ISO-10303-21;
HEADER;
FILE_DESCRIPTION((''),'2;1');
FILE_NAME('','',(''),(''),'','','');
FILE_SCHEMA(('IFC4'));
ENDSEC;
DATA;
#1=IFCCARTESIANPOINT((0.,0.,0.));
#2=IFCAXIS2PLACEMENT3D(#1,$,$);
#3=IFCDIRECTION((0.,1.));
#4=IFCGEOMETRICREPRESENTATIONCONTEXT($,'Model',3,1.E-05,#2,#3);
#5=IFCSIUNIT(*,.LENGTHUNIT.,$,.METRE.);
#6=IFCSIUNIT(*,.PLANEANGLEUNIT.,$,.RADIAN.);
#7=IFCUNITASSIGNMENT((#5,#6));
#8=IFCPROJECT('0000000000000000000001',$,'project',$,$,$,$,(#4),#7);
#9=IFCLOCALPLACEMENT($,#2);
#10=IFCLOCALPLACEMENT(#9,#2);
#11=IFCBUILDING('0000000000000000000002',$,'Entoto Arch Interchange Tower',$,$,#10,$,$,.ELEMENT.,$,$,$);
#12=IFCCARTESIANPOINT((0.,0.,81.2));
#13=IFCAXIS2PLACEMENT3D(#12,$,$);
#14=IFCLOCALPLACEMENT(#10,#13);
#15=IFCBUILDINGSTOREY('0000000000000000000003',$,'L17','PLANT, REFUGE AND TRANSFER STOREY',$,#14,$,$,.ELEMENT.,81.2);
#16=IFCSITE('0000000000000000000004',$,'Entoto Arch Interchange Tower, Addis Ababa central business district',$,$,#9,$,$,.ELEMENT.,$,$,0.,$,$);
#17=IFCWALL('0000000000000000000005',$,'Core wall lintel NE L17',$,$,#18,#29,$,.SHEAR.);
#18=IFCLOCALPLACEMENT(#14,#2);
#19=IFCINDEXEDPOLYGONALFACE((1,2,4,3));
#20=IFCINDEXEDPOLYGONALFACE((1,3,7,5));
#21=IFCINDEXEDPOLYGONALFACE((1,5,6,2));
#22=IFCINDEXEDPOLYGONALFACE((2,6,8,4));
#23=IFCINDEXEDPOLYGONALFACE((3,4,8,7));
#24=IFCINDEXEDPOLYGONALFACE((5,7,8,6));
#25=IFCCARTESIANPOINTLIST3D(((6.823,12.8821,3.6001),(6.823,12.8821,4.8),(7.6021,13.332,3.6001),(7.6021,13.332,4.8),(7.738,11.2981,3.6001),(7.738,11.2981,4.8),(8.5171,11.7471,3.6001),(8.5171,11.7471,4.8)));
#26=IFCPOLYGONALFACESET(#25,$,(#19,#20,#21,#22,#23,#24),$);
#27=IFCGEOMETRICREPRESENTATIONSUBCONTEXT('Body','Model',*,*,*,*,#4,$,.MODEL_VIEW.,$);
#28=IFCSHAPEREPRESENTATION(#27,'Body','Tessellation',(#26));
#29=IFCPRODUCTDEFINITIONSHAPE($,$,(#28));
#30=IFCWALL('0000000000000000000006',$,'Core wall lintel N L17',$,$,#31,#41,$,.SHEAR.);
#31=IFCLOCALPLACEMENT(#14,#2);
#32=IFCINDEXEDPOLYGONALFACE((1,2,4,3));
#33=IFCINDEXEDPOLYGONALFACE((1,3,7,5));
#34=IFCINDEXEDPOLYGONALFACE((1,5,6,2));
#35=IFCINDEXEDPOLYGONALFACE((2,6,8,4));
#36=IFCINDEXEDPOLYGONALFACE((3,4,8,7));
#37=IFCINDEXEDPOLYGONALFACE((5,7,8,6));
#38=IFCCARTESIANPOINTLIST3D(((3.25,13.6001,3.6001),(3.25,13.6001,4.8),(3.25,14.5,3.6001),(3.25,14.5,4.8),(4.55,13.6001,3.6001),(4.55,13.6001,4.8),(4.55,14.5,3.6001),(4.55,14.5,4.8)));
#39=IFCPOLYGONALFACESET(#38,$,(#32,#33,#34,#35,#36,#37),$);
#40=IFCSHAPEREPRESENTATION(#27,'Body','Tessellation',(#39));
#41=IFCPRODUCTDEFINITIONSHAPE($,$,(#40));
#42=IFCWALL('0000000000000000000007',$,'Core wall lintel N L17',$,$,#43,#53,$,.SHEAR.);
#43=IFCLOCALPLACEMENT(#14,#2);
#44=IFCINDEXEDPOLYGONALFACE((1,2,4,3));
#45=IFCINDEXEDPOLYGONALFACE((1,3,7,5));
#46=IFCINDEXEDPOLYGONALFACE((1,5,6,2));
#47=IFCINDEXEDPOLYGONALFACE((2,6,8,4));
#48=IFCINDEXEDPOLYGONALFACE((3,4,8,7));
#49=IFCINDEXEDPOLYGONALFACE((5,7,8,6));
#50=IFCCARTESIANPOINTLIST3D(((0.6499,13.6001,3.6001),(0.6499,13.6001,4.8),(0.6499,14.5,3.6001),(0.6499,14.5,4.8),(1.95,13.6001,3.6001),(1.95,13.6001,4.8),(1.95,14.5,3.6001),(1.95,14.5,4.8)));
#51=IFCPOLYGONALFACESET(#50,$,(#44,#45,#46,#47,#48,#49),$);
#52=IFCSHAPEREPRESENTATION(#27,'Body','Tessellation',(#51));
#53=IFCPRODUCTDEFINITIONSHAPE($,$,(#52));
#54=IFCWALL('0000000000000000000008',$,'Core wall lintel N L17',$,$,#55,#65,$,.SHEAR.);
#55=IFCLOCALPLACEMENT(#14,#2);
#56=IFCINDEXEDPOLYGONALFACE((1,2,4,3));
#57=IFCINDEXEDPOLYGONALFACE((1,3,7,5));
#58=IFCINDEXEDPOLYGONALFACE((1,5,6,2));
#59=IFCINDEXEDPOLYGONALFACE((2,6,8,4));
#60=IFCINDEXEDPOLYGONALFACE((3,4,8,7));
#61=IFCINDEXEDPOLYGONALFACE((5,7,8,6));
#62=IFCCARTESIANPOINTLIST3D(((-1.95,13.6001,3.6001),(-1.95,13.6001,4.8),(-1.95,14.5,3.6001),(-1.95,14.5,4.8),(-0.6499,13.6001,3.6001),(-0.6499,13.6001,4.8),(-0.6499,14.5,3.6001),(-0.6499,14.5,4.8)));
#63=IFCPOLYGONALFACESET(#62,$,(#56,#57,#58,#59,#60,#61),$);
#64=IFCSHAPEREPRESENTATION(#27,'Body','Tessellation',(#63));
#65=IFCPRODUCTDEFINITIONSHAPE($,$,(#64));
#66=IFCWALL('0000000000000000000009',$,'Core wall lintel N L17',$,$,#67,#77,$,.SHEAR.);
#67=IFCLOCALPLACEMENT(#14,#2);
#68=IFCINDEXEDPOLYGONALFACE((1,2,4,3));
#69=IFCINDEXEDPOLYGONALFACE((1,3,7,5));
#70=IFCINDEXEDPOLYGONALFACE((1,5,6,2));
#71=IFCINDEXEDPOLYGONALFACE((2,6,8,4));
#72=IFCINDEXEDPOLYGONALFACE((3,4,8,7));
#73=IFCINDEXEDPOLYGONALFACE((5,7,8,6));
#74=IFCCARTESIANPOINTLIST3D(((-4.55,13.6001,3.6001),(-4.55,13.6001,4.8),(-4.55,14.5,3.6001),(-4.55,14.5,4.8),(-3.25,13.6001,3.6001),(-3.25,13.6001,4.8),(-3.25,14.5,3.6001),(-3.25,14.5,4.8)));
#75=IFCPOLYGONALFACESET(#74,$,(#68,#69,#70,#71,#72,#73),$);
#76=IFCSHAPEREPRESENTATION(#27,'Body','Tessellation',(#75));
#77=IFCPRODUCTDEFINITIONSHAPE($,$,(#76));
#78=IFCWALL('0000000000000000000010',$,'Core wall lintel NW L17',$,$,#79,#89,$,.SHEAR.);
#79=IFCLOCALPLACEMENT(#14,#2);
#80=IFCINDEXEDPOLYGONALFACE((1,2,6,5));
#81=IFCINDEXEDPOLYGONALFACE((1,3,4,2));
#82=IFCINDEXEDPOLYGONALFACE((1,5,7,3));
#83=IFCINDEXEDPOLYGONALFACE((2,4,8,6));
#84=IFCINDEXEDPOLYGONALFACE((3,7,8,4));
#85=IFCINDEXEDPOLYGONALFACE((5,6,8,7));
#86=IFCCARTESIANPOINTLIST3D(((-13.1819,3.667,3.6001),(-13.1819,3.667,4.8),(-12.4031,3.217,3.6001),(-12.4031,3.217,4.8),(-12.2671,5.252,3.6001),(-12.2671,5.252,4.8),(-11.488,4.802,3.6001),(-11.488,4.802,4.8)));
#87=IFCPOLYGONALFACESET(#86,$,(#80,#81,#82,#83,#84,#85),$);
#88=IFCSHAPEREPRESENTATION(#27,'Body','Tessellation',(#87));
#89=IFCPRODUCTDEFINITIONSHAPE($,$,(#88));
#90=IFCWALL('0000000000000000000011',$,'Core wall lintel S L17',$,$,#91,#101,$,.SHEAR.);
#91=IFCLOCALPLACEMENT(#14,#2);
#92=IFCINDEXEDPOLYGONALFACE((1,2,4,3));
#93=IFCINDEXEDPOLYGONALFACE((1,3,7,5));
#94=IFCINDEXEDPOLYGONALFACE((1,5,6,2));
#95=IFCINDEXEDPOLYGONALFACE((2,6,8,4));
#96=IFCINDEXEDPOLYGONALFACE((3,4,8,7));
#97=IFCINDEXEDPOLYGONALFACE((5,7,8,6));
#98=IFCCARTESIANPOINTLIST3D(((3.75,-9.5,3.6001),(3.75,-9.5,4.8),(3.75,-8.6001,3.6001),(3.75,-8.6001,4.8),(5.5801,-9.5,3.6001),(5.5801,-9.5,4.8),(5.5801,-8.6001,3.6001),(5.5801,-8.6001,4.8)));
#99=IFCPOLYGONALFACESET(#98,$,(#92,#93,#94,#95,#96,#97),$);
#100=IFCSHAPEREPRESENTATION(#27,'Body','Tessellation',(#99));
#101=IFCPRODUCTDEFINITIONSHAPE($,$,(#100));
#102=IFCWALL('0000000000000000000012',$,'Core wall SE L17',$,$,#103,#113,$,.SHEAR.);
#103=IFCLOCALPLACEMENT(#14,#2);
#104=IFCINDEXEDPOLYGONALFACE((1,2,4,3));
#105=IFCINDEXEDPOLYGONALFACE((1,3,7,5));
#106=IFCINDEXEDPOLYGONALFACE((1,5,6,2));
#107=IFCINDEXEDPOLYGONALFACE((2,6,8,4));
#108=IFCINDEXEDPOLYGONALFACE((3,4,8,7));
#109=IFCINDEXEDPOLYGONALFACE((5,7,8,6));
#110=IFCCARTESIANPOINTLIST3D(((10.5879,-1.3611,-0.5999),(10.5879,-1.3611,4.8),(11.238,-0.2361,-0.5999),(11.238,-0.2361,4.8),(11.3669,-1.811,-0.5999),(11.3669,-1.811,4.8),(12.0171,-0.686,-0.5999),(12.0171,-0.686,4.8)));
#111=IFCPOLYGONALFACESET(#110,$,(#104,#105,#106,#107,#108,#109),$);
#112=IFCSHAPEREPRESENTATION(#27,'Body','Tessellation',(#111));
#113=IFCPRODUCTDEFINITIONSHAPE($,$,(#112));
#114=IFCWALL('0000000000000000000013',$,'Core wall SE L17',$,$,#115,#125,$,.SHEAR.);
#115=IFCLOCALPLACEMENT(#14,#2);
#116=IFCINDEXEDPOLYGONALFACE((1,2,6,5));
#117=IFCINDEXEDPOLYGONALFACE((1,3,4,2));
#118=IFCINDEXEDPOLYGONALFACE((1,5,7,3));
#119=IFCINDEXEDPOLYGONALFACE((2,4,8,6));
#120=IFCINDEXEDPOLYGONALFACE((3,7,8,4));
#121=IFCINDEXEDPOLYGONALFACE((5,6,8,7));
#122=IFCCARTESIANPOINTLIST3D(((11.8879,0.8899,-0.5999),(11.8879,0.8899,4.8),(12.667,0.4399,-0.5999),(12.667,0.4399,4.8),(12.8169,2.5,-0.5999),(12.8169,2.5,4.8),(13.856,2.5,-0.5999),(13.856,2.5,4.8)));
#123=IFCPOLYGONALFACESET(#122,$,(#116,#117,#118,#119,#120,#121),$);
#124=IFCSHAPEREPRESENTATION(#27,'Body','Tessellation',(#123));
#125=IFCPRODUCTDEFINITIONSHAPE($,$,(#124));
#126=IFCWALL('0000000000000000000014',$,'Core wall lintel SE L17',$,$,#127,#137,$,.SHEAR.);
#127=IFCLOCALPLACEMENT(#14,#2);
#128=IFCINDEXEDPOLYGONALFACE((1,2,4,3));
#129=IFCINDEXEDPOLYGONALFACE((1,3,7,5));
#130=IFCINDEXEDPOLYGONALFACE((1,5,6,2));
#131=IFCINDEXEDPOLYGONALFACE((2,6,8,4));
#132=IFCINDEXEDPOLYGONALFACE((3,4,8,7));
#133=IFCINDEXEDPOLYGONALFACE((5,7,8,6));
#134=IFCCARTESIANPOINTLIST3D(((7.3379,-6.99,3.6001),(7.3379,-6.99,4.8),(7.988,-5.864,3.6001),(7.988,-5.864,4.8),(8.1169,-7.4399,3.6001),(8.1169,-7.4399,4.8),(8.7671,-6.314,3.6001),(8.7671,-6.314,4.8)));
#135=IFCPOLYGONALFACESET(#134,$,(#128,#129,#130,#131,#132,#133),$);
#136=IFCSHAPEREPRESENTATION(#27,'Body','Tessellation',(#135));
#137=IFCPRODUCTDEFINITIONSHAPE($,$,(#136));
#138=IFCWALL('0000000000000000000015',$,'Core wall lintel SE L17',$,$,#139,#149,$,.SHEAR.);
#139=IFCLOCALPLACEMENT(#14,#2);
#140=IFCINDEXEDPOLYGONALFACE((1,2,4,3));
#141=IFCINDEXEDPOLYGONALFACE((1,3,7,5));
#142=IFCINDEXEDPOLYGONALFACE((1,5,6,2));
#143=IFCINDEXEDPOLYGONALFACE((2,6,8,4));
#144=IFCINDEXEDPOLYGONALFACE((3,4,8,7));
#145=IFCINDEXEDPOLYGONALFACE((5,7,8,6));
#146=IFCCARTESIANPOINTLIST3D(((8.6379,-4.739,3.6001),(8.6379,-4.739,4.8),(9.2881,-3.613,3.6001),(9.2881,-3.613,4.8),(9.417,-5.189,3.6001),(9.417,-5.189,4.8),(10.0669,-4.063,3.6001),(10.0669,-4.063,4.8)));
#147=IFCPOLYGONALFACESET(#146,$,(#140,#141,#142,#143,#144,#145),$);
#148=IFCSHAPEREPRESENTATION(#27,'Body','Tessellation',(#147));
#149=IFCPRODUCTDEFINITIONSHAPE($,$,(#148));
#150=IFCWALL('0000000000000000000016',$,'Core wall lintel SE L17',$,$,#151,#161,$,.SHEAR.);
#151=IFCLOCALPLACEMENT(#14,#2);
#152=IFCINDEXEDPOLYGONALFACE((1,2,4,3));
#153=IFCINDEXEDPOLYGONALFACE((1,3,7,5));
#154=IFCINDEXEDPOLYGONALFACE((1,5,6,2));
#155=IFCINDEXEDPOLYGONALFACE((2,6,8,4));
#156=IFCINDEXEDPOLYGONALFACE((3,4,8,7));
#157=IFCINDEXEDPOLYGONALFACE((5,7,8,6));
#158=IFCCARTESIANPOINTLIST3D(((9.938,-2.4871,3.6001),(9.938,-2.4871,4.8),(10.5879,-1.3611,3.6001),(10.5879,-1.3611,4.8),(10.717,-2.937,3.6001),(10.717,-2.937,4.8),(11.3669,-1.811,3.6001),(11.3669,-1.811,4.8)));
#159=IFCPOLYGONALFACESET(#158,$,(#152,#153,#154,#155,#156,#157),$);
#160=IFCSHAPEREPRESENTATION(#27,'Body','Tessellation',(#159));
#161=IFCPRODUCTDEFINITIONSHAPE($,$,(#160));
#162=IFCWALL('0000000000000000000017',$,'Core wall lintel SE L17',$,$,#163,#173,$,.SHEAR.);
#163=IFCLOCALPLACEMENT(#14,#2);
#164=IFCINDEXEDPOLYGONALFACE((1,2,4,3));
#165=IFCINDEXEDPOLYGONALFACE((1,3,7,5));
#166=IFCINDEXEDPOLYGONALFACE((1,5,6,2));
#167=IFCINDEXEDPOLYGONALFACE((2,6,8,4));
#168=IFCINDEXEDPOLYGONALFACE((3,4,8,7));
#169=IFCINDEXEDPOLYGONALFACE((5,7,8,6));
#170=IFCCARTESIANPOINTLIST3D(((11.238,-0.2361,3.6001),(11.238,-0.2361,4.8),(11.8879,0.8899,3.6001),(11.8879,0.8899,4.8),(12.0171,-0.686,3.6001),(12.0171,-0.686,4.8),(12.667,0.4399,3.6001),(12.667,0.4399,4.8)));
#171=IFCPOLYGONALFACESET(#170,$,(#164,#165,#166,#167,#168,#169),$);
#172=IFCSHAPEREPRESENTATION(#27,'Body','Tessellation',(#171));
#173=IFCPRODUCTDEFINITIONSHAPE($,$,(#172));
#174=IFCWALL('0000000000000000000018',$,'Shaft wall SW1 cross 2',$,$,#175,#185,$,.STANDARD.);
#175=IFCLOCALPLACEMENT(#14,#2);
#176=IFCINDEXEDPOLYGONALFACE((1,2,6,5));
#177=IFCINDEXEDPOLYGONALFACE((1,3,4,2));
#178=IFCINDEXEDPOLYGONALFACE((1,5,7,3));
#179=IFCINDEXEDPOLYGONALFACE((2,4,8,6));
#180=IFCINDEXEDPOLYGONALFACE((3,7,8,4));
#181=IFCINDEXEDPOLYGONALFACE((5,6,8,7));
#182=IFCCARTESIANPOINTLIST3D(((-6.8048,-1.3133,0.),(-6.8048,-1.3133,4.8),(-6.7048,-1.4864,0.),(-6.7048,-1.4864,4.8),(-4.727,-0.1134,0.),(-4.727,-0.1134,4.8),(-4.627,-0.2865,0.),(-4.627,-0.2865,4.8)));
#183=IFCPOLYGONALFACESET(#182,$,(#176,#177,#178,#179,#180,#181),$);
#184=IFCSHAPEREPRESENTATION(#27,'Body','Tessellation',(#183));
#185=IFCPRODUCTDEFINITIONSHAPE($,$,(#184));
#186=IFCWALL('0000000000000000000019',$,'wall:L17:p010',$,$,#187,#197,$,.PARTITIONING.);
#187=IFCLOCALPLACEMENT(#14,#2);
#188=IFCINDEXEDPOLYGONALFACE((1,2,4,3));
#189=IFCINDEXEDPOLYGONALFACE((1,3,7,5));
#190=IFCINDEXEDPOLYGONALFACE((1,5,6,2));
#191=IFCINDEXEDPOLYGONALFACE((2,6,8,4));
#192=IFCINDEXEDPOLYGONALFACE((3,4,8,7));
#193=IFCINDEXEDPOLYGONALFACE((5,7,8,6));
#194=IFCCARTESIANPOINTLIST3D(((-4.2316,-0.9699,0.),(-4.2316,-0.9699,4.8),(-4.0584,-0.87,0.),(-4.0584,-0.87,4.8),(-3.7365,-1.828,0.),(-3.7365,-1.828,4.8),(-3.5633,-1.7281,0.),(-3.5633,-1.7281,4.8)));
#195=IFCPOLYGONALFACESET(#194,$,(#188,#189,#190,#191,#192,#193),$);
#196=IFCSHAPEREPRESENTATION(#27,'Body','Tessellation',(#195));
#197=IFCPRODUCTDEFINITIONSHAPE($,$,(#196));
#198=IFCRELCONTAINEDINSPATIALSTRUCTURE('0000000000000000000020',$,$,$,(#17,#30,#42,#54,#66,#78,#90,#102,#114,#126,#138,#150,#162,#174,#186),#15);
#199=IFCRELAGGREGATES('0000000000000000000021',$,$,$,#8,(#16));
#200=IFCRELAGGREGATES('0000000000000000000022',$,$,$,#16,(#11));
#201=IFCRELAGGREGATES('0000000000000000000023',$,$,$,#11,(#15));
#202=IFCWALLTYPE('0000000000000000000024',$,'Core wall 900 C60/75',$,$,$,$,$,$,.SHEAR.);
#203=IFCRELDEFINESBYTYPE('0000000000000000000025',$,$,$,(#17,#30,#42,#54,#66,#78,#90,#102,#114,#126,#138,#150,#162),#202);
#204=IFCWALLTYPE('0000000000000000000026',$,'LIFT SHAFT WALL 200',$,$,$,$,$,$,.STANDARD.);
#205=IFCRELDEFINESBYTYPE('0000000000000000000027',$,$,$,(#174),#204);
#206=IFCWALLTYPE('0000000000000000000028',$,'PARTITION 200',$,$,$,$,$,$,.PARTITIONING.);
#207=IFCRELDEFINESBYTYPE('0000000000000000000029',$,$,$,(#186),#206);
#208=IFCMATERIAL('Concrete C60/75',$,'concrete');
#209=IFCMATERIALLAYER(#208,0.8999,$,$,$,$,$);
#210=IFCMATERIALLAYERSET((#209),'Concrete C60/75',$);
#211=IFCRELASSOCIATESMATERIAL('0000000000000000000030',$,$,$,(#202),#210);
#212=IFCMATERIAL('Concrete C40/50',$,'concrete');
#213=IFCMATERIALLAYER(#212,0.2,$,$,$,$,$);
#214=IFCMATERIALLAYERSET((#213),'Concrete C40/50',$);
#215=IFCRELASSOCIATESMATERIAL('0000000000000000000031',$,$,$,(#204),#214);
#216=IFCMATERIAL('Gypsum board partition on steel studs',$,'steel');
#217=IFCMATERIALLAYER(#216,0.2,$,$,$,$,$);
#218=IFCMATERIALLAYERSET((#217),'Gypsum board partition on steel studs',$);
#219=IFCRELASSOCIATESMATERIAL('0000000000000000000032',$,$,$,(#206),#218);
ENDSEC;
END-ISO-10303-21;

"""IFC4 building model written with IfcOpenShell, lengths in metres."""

from ifc_helpers import new_model, si_unit, direction, frame, frame_2d, origin, place, context, subcontext, project, spatial, polyline, rectangle, outline, extrude, material, layer, layer_set, type_object, element, save


model = new_model("IFC4")

# Units and contexts
model_context = context("Model", 3, precision=1e-05, world=origin(), true_north=direction((0.0, 1.0)))
body_context = subcontext(model_context, "Body", "Model", "MODEL_VIEW")
ifc_project = project(units=[si_unit("LENGTHUNIT", "METRE"), si_unit("PLANEANGLEUNIT", "RADIAN")], contexts=[model_context])

# Site, building, storey
site_placement = place(None, origin())
site = spatial("IfcSite", under=ifc_project, at=site_placement, Name="Entoto Arch Interchange Tower, Addis Ababa central business district", CompositionType="ELEMENT", RefElevation=0.0)
building_placement = place(site_placement, origin())
building = spatial("IfcBuilding", under=site, at=building_placement, Name="Entoto Arch Interchange Tower", CompositionType="ELEMENT")
storey_placement = place(building_placement, frame((0.0, 0.0, 81.2)))
storey = spatial("IfcBuildingStorey", under=building, at=storey_placement, Name="L17", Description="PLANT, REFUGE AND TRANSFER STOREY", CompositionType="ELEMENT", Elevation=81.2)

# Walls
ifc_material_1 = material(Name="Concrete C60/75", Category="concrete")
ifc_layer_1 = layer(ifc_material_1, 0.8999)
ifc_layer_set_1 = layer_set([ifc_layer_1], Name="Concrete C60/75")
wall_type_1 = type_object("IfcWallType", Name="Core wall 900 C60/75", PredefinedType="SHEAR", material=ifc_layer_set_1)
wall_1_placement = place(storey_placement, frame((0.0, 0.0, 3.6001)))
element("IfcWall", 1, at=wall_1_placement, inside=storey, type_object=wall_type_1, Name="Core wall lintel NE L17", PredefinedType="SHEAR", context=body_context, shape_type="SweptSolid", body=[
    extrude(outline(polyline([(7.6021, 13.332), (6.823, 12.8821), (7.738, 11.2981), (8.5171, 11.7471), (7.6021, 13.332)])), origin(), (0.0, 0.0, 1.0), 1.2),
])
wall_2_placement = place(storey_placement, frame((0.0, 0.0, 3.6001)))
element("IfcWall", 2, at=wall_2_placement, inside=storey, type_object=wall_type_1, Name="Core wall lintel N L17", PredefinedType="SHEAR", context=body_context, shape_type="SweptSolid", body=[
    extrude(outline(polyline([(3.25, 14.5), (3.25, 13.6001), (4.55, 13.6001), (4.55, 14.5), (3.25, 14.5)])), origin(), (0.0, 0.0, 1.0), 1.2),
])
wall_3_placement = place(storey_placement, frame((0.0, 0.0, 3.6001)))
element("IfcWall", 3, at=wall_3_placement, inside=storey, type_object=wall_type_1, Name="Core wall lintel N L17", PredefinedType="SHEAR", context=body_context, shape_type="SweptSolid", body=[
    extrude(outline(polyline([(0.6499, 14.5), (0.6499, 13.6001), (1.95, 13.6001), (1.95, 14.5), (0.6499, 14.5)])), origin(), (0.0, 0.0, 1.0), 1.2),
])
wall_4_placement = place(storey_placement, frame((0.0, 0.0, 3.6001)))
element("IfcWall", 4, at=wall_4_placement, inside=storey, type_object=wall_type_1, Name="Core wall lintel N L17", PredefinedType="SHEAR", context=body_context, shape_type="SweptSolid", body=[
    extrude(outline(polyline([(-1.95, 14.5), (-1.95, 13.6001), (-0.6499, 13.6001), (-0.6499, 14.5), (-1.95, 14.5)])), origin(), (0.0, 0.0, 1.0), 1.2),
])
wall_5_placement = place(storey_placement, frame((0.0, 0.0, 3.6001)))
element("IfcWall", 5, at=wall_5_placement, inside=storey, type_object=wall_type_1, Name="Core wall lintel N L17", PredefinedType="SHEAR", context=body_context, shape_type="SweptSolid", body=[
    extrude(outline(polyline([(-4.55, 14.5), (-4.55, 13.6001), (-3.25, 13.6001), (-3.25, 14.5), (-4.55, 14.5)])), origin(), (0.0, 0.0, 1.0), 1.2),
])
wall_6_placement = place(storey_placement, frame((0.0, 0.0, 3.6001)))
element("IfcWall", 6, at=wall_6_placement, inside=storey, type_object=wall_type_1, Name="Core wall lintel NW L17", PredefinedType="SHEAR", context=body_context, shape_type="SweptSolid", body=[
    extrude(outline(polyline([(-13.1819, 3.667), (-12.4031, 3.217), (-11.488, 4.802), (-12.2671, 5.252), (-13.1819, 3.667)])), origin(), (0.0, 0.0, 1.0), 1.2),
])
wall_7_placement = place(storey_placement, frame((0.0, 0.0, 3.6001)))
element("IfcWall", 7, at=wall_7_placement, inside=storey, type_object=wall_type_1, Name="Core wall lintel S L17", PredefinedType="SHEAR", context=body_context, shape_type="SweptSolid", body=[
    extrude(outline(polyline([(5.5801, -9.5), (5.5801, -8.6001), (3.75, -8.6001), (3.75, -9.5), (5.5801, -9.5)])), origin(), (0.0, 0.0, 1.0), 1.2),
])
wall_8_placement = place(storey_placement, frame((0.0, 0.0, -0.5999)))
element("IfcWall", 8, at=wall_8_placement, inside=storey, type_object=wall_type_1, Name="Core wall SE L17", PredefinedType="SHEAR", context=body_context, shape_type="SweptSolid", body=[
    extrude(outline(polyline([(12.0171, -0.686), (11.238, -0.2361), (10.5879, -1.3611), (11.3669, -1.811), (12.0171, -0.686)])), origin(), (0.0, 0.0, 1.0), 5.3999),
])
wall_9_placement = place(storey_placement, frame((0.0, 0.0, -0.5999)))
element("IfcWall", 9, at=wall_9_placement, inside=storey, type_object=wall_type_1, Name="Core wall SE L17", PredefinedType="SHEAR", context=body_context, shape_type="SweptSolid", body=[
    extrude(outline(polyline([(11.8879, 0.8899), (12.667, 0.4399), (13.856, 2.5), (12.8169, 2.5), (11.8879, 0.8899)])), origin(), (0.0, 0.0, 1.0), 5.3999),
])
wall_10_placement = place(storey_placement, frame((0.0, 0.0, 3.6001)))
element("IfcWall", 10, at=wall_10_placement, inside=storey, type_object=wall_type_1, Name="Core wall lintel SE L17", PredefinedType="SHEAR", context=body_context, shape_type="SweptSolid", body=[
    extrude(outline(polyline([(8.7671, -6.314), (7.988, -5.864), (7.3379, -6.99), (8.1169, -7.4399), (8.7671, -6.314)])), origin(), (0.0, 0.0, 1.0), 1.2),
])
wall_11_placement = place(storey_placement, frame((0.0, 0.0, 3.6001)))
element("IfcWall", 11, at=wall_11_placement, inside=storey, type_object=wall_type_1, Name="Core wall lintel SE L17", PredefinedType="SHEAR", context=body_context, shape_type="SweptSolid", body=[
    extrude(outline(polyline([(10.0669, -4.063), (9.2881, -3.613), (8.6379, -4.739), (9.417, -5.189), (10.0669, -4.063)])), origin(), (0.0, 0.0, 1.0), 1.2),
])
wall_12_placement = place(storey_placement, frame((0.0, 0.0, 3.6001)))
element("IfcWall", 12, at=wall_12_placement, inside=storey, type_object=wall_type_1, Name="Core wall lintel SE L17", PredefinedType="SHEAR", context=body_context, shape_type="SweptSolid", body=[
    extrude(outline(polyline([(11.3669, -1.811), (10.5879, -1.3611), (9.938, -2.4871), (10.717, -2.937), (11.3669, -1.811)])), origin(), (0.0, 0.0, 1.0), 1.2),
])
wall_13_placement = place(storey_placement, frame((0.0, 0.0, 3.6001)))
element("IfcWall", 13, at=wall_13_placement, inside=storey, type_object=wall_type_1, Name="Core wall lintel SE L17", PredefinedType="SHEAR", context=body_context, shape_type="SweptSolid", body=[
    extrude(outline(polyline([(12.667, 0.4399), (11.8879, 0.8899), (11.238, -0.2361), (12.0171, -0.686), (12.667, 0.4399)])), origin(), (0.0, 0.0, 1.0), 1.2),
])
ifc_material_2 = material(Name="Concrete C40/50", Category="concrete")
ifc_layer_2 = layer(ifc_material_2, 0.2)
ifc_layer_set_2 = layer_set([ifc_layer_2], Name="Concrete C40/50")
wall_type_2 = type_object("IfcWallType", Name="LIFT SHAFT WALL 200", PredefinedType="STANDARD", material=ifc_layer_set_2)
wall_14_placement = place(storey_placement, frame((-4.677, -0.2, 0.0), z_axis=(0.0, 0.0, 1.0), x_axis=(-0.865974, -0.500089, 0.0)))
element("IfcWall", 14, at=wall_14_placement, inside=storey, type_object=wall_type_2, Name="Shaft wall SW1 cross 2", PredefinedType="STANDARD", context=body_context, shape_type="SweptSolid", body=[
    extrude(rectangle(XDim=2.3994, YDim=0.2, at=frame_2d((1.1997, 0.0))), origin(), (0.0, 0.0, 1.0), 4.8),
])
ifc_material_3 = material(Name="Gypsum board partition on steel studs", Category="steel")
ifc_layer_3 = layer(ifc_material_3, 0.2)
ifc_layer_set_3 = layer_set([ifc_layer_3], Name="Gypsum board partition on steel studs")
wall_type_3 = type_object("IfcWallType", Name="PARTITION 200", PredefinedType="PARTITIONING", material=ifc_layer_set_3)
wall_15_placement = place(storey_placement, frame((-4.145, -0.9199, 0.0), z_axis=(0.0, 0.0, 1.0), x_axis=(0.499744, -0.866173, 0.0)))
element("IfcWall", 15, at=wall_15_placement, inside=storey, type_object=wall_type_3, Name="wall:L17:p010", PredefinedType="PARTITIONING", context=body_context, shape_type="SweptSolid", body=[
    extrude(rectangle(XDim=0.9907, YDim=0.2, at=frame_2d((0.4954, 0.0))), origin(), (0.0, 0.0, 1.0), 4.8),
])

save(model, "model.ifc")
